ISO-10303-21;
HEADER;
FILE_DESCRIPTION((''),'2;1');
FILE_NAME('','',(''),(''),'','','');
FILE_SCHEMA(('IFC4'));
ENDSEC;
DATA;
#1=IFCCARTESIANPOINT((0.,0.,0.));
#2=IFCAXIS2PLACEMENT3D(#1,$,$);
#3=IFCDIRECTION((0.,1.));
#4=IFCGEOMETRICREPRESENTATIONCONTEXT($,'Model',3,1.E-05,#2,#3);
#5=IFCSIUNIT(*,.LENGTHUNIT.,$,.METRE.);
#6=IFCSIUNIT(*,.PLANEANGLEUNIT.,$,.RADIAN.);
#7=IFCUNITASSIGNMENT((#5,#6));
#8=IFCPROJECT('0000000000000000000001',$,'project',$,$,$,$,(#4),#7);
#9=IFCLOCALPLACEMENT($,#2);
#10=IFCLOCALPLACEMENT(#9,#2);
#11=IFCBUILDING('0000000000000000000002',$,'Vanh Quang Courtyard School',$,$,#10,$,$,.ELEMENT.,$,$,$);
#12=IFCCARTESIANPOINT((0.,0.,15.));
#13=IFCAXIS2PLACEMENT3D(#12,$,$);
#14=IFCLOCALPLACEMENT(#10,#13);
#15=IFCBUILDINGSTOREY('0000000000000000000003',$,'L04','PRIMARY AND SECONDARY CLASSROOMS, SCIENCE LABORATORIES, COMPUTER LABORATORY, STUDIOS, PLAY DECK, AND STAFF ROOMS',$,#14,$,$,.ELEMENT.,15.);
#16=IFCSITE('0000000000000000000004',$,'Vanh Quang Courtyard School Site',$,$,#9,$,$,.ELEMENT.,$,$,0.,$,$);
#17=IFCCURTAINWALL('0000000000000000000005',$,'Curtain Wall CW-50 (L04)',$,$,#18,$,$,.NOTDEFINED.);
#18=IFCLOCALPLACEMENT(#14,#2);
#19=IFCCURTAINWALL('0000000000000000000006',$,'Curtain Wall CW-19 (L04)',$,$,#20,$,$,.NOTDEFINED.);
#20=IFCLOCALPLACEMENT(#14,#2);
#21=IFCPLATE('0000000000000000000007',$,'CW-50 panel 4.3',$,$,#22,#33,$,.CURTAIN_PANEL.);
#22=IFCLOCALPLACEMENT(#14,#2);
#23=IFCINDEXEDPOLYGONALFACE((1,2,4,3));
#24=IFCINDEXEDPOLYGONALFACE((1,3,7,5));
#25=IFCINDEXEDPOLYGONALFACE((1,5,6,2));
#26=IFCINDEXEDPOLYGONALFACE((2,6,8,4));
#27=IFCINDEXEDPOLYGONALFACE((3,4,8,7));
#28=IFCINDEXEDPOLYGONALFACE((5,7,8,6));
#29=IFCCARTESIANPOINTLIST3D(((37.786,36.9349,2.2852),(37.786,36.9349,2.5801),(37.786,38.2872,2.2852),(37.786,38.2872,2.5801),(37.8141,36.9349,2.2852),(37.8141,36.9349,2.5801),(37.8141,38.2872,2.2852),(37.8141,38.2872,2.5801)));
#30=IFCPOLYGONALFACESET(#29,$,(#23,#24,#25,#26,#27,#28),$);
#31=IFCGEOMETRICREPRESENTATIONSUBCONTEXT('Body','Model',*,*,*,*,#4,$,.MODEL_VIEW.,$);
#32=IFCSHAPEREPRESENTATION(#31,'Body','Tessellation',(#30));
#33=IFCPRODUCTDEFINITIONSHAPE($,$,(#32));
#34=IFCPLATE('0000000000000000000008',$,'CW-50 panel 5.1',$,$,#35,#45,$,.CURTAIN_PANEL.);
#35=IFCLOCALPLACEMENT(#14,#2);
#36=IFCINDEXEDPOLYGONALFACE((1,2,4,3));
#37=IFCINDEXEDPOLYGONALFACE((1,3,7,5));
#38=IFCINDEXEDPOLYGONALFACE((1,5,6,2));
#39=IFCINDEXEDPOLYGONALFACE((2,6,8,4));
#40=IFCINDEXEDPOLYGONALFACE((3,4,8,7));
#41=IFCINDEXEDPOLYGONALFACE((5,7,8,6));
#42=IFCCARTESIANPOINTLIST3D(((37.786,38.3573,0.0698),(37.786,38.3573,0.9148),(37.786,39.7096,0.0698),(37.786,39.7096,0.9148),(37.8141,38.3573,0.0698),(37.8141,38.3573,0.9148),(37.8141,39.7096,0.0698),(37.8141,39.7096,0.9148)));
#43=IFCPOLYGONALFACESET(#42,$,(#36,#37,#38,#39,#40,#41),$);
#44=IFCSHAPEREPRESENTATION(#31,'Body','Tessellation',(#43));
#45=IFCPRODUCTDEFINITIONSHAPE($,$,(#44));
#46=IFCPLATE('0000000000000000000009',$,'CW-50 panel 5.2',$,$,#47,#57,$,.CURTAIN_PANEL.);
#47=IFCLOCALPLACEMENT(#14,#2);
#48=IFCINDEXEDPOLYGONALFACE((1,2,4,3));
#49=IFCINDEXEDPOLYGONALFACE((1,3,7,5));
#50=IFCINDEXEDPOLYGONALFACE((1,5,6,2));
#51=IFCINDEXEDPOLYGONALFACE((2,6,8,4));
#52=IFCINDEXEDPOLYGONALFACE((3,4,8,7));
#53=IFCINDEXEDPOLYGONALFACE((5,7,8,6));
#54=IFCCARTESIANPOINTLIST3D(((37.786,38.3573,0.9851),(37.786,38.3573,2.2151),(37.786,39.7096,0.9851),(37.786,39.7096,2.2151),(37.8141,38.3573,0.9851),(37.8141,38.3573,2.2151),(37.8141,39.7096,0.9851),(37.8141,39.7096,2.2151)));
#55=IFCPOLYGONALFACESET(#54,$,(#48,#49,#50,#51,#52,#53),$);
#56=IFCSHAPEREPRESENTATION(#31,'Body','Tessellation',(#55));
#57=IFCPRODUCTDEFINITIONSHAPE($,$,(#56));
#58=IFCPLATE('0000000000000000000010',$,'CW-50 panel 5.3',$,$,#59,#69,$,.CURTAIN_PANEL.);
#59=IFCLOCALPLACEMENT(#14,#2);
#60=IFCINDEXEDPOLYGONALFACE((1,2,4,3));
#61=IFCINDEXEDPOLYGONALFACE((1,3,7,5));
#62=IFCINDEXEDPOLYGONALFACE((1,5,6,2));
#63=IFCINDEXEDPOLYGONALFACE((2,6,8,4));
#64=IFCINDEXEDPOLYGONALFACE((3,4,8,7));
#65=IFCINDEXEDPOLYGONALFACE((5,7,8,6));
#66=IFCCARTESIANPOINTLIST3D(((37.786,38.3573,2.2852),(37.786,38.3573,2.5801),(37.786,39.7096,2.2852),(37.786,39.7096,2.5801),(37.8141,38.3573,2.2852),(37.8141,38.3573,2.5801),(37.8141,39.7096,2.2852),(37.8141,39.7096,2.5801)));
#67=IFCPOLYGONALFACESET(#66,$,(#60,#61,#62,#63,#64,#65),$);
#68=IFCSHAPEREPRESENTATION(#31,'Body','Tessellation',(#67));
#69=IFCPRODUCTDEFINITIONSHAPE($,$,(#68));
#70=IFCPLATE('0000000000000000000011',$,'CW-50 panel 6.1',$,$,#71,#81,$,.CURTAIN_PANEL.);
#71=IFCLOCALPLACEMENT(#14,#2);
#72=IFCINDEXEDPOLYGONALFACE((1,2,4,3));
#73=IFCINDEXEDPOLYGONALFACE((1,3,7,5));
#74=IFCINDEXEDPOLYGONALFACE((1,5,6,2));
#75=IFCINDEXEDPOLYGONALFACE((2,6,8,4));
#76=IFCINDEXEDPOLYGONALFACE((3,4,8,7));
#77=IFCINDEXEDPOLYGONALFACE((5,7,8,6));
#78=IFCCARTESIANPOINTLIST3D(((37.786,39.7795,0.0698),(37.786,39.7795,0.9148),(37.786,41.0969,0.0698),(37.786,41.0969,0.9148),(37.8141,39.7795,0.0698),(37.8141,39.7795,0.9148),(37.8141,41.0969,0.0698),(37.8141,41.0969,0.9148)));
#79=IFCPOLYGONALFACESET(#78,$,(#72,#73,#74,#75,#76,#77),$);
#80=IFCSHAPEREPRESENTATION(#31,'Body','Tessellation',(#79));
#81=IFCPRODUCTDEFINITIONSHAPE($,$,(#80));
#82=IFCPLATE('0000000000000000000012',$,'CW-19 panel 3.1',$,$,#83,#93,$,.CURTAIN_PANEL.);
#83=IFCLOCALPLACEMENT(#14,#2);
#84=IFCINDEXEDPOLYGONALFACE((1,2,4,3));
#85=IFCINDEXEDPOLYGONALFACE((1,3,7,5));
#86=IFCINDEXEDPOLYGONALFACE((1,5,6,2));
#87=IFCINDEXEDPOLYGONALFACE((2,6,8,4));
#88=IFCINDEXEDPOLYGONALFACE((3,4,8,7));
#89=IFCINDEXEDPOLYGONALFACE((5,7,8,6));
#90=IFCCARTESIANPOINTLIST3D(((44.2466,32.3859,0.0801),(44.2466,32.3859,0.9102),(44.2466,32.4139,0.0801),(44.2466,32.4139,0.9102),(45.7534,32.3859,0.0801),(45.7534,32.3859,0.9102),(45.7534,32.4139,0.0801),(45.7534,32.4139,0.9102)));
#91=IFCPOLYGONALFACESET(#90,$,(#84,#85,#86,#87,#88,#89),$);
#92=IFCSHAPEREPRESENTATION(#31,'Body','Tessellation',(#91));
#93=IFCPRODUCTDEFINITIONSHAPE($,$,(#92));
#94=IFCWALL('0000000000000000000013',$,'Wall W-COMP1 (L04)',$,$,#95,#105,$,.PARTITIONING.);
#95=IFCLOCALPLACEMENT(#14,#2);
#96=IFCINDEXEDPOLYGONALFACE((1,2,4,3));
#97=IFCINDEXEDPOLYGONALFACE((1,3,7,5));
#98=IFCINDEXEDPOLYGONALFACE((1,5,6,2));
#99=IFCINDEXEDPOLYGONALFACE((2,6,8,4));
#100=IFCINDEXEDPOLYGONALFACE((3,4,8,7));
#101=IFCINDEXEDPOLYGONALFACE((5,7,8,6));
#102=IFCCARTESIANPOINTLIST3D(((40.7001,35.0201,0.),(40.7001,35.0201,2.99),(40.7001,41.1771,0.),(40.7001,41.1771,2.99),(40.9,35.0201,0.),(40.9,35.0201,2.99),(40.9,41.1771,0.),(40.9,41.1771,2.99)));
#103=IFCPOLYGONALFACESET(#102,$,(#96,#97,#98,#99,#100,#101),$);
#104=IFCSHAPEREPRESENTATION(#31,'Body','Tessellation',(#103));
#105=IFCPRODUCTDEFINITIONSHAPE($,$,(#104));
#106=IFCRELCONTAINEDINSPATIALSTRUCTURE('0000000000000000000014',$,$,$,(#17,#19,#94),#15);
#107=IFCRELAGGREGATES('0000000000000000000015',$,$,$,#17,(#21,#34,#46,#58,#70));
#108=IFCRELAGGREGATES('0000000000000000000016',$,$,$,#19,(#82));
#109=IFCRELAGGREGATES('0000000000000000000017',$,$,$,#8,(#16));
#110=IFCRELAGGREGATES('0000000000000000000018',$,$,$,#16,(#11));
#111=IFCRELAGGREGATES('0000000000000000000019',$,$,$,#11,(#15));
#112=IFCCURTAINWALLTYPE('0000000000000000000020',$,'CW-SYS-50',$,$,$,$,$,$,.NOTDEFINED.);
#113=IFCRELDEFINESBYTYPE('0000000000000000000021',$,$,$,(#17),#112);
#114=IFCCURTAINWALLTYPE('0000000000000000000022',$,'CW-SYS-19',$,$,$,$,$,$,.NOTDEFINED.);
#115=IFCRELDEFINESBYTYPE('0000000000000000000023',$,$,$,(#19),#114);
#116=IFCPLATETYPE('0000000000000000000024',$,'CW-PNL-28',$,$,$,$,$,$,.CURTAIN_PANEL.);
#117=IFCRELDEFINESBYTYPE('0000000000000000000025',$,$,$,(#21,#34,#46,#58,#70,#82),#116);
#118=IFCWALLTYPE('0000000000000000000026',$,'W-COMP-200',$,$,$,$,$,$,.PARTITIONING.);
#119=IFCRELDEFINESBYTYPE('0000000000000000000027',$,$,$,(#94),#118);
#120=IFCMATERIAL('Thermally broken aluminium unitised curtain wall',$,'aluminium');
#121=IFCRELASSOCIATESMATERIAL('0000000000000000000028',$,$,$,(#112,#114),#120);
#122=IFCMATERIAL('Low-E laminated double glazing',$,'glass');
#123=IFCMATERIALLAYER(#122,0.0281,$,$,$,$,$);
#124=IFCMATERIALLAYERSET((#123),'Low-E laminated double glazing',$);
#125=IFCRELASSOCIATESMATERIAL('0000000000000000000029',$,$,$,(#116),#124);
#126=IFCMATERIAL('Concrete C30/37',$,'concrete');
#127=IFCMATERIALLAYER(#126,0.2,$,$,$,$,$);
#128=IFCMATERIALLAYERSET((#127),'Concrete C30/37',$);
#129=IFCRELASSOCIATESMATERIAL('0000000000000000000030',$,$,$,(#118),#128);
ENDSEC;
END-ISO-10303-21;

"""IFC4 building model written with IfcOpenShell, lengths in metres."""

from ifc_helpers import new_model, si_unit, direction, frame, frame_2d, origin, origin_2d, place, context, subcontext, project, spatial, rectangle, extrude, material, layer, layer_set, type_object, element, aggregate, save


model = new_model("IFC4")

# Units and contexts
model_context = context("Model", 3, precision=1e-05, world=origin(), true_north=direction((0.0, 1.0)))
body_context = subcontext(model_context, "Body", "Model", "MODEL_VIEW")
ifc_project = project(units=[si_unit("LENGTHUNIT", "METRE"), si_unit("PLANEANGLEUNIT", "RADIAN")], contexts=[model_context])

# Site, building, storey
site_placement = place(None, origin())
site = spatial("IfcSite", under=ifc_project, at=site_placement, Name="Vanh Quang Courtyard School Site", CompositionType="ELEMENT", RefElevation=0.0)
building_placement = place(site_placement, origin())
building = spatial("IfcBuilding", under=site, at=building_placement, Name="Vanh Quang Courtyard School", CompositionType="ELEMENT")
storey_placement = place(building_placement, frame((0.0, 0.0, 15.0)))
storey = spatial("IfcBuildingStorey", under=building, at=storey_placement, Name="L04", Description="PRIMARY AND SECONDARY CLASSROOMS, SCIENCE LABORATORIES, COMPUTER LABORATORY, STUDIOS, PLAY DECK, AND STAFF ROOMS", CompositionType="ELEMENT", Elevation=15.0)

# Curtain wall
ifc_material_1 = material(Name="Thermally broken aluminium unitised curtain wall", Category="aluminium")
curtain_wall_type_1 = type_object("IfcCurtainWallType", Name="CW-SYS-50", PredefinedType="NOTDEFINED", material=ifc_material_1)
curtain_wall_1_placement = place(storey_placement, origin())
curtain_wall_1 = element("IfcCurtainWall", 1, at=curtain_wall_1_placement, inside=storey, type_object=curtain_wall_type_1, Name="Curtain Wall CW-50 (L04)", PredefinedType="NOTDEFINED")

# Curtain wall
curtain_wall_type_2 = type_object("IfcCurtainWallType", Name="CW-SYS-19", PredefinedType="NOTDEFINED", material=ifc_material_1)
curtain_wall_2_placement = place(storey_placement, origin())
curtain_wall_2 = element("IfcCurtainWall", 2, at=curtain_wall_2_placement, inside=storey, type_object=curtain_wall_type_2, Name="Curtain Wall CW-19 (L04)", PredefinedType="NOTDEFINED")

# Shared definitions
ifc_material_2 = material(Name="Concrete C30/37", Category="concrete")

# Plates
ifc_material_3 = material(Name="Low-E laminated double glazing", Category="glass")
ifc_layer_1 = layer(ifc_material_3, 0.0281)
ifc_layer_set_1 = layer_set([ifc_layer_1], Name="Low-E laminated double glazing")
plate_type = type_object("IfcPlateType", Name="CW-PNL-28", PredefinedType="CURTAIN_PANEL", material=ifc_layer_set_1)
plate_1_placement = place(storey_placement, frame((37.8, 37.6111, 2.2852), z_axis=(0.0, 0.0, 1.0), x_axis=(0.0, 1.0, 0.0)))
plate_1 = element("IfcPlate", 3, at=plate_1_placement, type_object=plate_type, Name="CW-50 panel 4.3", PredefinedType="CURTAIN_PANEL", context=body_context, shape_type="SweptSolid", body=[
    extrude(rectangle(XDim=1.3523, YDim=0.0281, at=origin_2d()), origin(), (0.0, 0.0, 1.0), 0.2949),
])
plate_2_placement = place(storey_placement, frame((37.8, 39.0334, 0.0698), z_axis=(0.0, 0.0, 1.0), x_axis=(0.0, 1.0, 0.0)))
plate_2 = element("IfcPlate", 4, at=plate_2_placement, type_object=plate_type, Name="CW-50 panel 5.1", PredefinedType="CURTAIN_PANEL", context=body_context, shape_type="SweptSolid", body=[
    extrude(rectangle(XDim=1.3523, YDim=0.0281, at=origin_2d()), origin(), (0.0, 0.0, 1.0), 0.845),
])
plate_3_placement = place(storey_placement, frame((37.8, 39.0334, 0.9851), z_axis=(0.0, 0.0, 1.0), x_axis=(0.0, 1.0, 0.0)))
plate_3 = element("IfcPlate", 5, at=plate_3_placement, type_object=plate_type, Name="CW-50 panel 5.2", PredefinedType="CURTAIN_PANEL", context=body_context, shape_type="SweptSolid", body=[
    extrude(rectangle(XDim=1.3523, YDim=0.0281, at=origin_2d()), origin(), (0.0, 0.0, 1.0), 1.23),
])
plate_4_placement = place(storey_placement, frame((37.8, 39.0334, 2.2852), z_axis=(0.0, 0.0, 1.0), x_axis=(0.0, 1.0, 0.0)))
plate_4 = element("IfcPlate", 6, at=plate_4_placement, type_object=plate_type, Name="CW-50 panel 5.3", PredefinedType="CURTAIN_PANEL", context=body_context, shape_type="SweptSolid", body=[
    extrude(rectangle(XDim=1.3523, YDim=0.0281, at=origin_2d()), origin(), (0.0, 0.0, 1.0), 0.2949),
])
plate_5_placement = place(storey_placement, frame((37.8, 40.4382, 0.0698), z_axis=(0.0, 0.0, 1.0), x_axis=(0.0, 1.0, 0.0)))
plate_5 = element("IfcPlate", 7, at=plate_5_placement, type_object=plate_type, Name="CW-50 panel 6.1", PredefinedType="CURTAIN_PANEL", context=body_context, shape_type="SweptSolid", body=[
    extrude(rectangle(XDim=1.3174, YDim=0.0281, at=origin_2d()), origin(), (0.0, 0.0, 1.0), 0.845),
])
aggregate(curtain_wall_1, [plate_1, plate_2, plate_3, plate_4, plate_5])
plate_6_placement = place(storey_placement, frame((45.0, 32.3999, 0.0801), z_axis=(0.0, 0.0, 1.0), x_axis=(-1.0, 0.0, 0.0)))
plate_6 = element("IfcPlate", 8, at=plate_6_placement, type_object=plate_type, Name="CW-19 panel 3.1", PredefinedType="CURTAIN_PANEL", context=body_context, shape_type="SweptSolid", body=[
    extrude(rectangle(XDim=1.5068, YDim=0.0281, at=origin_2d()), origin(), (0.0, 0.0, 1.0), 0.8301),
])
aggregate(curtain_wall_2, [plate_6])

# Wall
ifc_layer_2 = layer(ifc_material_2, 0.2)
ifc_layer_set_2 = layer_set([ifc_layer_2], Name="Concrete C30/37")
wall_type = type_object("IfcWallType", Name="W-COMP-200", PredefinedType="PARTITIONING", material=ifc_layer_set_2)
wall_placement = place(storey_placement, frame((40.8, 35.02, 0.0), z_axis=(0.0, 0.0, 1.0), x_axis=(0.0, 1.0, 0.0)))
element("IfcWall", 9, at=wall_placement, inside=storey, type_object=wall_type, Name="Wall W-COMP1 (L04)", PredefinedType="PARTITIONING", context=body_context, shape_type="SweptSolid", body=[
    extrude(rectangle(XDim=6.157, YDim=0.2, at=frame_2d((3.0786, 0.0))), origin(), (0.0, 0.0, 1.0), 2.99),
])

save(model, "model.ifc")
